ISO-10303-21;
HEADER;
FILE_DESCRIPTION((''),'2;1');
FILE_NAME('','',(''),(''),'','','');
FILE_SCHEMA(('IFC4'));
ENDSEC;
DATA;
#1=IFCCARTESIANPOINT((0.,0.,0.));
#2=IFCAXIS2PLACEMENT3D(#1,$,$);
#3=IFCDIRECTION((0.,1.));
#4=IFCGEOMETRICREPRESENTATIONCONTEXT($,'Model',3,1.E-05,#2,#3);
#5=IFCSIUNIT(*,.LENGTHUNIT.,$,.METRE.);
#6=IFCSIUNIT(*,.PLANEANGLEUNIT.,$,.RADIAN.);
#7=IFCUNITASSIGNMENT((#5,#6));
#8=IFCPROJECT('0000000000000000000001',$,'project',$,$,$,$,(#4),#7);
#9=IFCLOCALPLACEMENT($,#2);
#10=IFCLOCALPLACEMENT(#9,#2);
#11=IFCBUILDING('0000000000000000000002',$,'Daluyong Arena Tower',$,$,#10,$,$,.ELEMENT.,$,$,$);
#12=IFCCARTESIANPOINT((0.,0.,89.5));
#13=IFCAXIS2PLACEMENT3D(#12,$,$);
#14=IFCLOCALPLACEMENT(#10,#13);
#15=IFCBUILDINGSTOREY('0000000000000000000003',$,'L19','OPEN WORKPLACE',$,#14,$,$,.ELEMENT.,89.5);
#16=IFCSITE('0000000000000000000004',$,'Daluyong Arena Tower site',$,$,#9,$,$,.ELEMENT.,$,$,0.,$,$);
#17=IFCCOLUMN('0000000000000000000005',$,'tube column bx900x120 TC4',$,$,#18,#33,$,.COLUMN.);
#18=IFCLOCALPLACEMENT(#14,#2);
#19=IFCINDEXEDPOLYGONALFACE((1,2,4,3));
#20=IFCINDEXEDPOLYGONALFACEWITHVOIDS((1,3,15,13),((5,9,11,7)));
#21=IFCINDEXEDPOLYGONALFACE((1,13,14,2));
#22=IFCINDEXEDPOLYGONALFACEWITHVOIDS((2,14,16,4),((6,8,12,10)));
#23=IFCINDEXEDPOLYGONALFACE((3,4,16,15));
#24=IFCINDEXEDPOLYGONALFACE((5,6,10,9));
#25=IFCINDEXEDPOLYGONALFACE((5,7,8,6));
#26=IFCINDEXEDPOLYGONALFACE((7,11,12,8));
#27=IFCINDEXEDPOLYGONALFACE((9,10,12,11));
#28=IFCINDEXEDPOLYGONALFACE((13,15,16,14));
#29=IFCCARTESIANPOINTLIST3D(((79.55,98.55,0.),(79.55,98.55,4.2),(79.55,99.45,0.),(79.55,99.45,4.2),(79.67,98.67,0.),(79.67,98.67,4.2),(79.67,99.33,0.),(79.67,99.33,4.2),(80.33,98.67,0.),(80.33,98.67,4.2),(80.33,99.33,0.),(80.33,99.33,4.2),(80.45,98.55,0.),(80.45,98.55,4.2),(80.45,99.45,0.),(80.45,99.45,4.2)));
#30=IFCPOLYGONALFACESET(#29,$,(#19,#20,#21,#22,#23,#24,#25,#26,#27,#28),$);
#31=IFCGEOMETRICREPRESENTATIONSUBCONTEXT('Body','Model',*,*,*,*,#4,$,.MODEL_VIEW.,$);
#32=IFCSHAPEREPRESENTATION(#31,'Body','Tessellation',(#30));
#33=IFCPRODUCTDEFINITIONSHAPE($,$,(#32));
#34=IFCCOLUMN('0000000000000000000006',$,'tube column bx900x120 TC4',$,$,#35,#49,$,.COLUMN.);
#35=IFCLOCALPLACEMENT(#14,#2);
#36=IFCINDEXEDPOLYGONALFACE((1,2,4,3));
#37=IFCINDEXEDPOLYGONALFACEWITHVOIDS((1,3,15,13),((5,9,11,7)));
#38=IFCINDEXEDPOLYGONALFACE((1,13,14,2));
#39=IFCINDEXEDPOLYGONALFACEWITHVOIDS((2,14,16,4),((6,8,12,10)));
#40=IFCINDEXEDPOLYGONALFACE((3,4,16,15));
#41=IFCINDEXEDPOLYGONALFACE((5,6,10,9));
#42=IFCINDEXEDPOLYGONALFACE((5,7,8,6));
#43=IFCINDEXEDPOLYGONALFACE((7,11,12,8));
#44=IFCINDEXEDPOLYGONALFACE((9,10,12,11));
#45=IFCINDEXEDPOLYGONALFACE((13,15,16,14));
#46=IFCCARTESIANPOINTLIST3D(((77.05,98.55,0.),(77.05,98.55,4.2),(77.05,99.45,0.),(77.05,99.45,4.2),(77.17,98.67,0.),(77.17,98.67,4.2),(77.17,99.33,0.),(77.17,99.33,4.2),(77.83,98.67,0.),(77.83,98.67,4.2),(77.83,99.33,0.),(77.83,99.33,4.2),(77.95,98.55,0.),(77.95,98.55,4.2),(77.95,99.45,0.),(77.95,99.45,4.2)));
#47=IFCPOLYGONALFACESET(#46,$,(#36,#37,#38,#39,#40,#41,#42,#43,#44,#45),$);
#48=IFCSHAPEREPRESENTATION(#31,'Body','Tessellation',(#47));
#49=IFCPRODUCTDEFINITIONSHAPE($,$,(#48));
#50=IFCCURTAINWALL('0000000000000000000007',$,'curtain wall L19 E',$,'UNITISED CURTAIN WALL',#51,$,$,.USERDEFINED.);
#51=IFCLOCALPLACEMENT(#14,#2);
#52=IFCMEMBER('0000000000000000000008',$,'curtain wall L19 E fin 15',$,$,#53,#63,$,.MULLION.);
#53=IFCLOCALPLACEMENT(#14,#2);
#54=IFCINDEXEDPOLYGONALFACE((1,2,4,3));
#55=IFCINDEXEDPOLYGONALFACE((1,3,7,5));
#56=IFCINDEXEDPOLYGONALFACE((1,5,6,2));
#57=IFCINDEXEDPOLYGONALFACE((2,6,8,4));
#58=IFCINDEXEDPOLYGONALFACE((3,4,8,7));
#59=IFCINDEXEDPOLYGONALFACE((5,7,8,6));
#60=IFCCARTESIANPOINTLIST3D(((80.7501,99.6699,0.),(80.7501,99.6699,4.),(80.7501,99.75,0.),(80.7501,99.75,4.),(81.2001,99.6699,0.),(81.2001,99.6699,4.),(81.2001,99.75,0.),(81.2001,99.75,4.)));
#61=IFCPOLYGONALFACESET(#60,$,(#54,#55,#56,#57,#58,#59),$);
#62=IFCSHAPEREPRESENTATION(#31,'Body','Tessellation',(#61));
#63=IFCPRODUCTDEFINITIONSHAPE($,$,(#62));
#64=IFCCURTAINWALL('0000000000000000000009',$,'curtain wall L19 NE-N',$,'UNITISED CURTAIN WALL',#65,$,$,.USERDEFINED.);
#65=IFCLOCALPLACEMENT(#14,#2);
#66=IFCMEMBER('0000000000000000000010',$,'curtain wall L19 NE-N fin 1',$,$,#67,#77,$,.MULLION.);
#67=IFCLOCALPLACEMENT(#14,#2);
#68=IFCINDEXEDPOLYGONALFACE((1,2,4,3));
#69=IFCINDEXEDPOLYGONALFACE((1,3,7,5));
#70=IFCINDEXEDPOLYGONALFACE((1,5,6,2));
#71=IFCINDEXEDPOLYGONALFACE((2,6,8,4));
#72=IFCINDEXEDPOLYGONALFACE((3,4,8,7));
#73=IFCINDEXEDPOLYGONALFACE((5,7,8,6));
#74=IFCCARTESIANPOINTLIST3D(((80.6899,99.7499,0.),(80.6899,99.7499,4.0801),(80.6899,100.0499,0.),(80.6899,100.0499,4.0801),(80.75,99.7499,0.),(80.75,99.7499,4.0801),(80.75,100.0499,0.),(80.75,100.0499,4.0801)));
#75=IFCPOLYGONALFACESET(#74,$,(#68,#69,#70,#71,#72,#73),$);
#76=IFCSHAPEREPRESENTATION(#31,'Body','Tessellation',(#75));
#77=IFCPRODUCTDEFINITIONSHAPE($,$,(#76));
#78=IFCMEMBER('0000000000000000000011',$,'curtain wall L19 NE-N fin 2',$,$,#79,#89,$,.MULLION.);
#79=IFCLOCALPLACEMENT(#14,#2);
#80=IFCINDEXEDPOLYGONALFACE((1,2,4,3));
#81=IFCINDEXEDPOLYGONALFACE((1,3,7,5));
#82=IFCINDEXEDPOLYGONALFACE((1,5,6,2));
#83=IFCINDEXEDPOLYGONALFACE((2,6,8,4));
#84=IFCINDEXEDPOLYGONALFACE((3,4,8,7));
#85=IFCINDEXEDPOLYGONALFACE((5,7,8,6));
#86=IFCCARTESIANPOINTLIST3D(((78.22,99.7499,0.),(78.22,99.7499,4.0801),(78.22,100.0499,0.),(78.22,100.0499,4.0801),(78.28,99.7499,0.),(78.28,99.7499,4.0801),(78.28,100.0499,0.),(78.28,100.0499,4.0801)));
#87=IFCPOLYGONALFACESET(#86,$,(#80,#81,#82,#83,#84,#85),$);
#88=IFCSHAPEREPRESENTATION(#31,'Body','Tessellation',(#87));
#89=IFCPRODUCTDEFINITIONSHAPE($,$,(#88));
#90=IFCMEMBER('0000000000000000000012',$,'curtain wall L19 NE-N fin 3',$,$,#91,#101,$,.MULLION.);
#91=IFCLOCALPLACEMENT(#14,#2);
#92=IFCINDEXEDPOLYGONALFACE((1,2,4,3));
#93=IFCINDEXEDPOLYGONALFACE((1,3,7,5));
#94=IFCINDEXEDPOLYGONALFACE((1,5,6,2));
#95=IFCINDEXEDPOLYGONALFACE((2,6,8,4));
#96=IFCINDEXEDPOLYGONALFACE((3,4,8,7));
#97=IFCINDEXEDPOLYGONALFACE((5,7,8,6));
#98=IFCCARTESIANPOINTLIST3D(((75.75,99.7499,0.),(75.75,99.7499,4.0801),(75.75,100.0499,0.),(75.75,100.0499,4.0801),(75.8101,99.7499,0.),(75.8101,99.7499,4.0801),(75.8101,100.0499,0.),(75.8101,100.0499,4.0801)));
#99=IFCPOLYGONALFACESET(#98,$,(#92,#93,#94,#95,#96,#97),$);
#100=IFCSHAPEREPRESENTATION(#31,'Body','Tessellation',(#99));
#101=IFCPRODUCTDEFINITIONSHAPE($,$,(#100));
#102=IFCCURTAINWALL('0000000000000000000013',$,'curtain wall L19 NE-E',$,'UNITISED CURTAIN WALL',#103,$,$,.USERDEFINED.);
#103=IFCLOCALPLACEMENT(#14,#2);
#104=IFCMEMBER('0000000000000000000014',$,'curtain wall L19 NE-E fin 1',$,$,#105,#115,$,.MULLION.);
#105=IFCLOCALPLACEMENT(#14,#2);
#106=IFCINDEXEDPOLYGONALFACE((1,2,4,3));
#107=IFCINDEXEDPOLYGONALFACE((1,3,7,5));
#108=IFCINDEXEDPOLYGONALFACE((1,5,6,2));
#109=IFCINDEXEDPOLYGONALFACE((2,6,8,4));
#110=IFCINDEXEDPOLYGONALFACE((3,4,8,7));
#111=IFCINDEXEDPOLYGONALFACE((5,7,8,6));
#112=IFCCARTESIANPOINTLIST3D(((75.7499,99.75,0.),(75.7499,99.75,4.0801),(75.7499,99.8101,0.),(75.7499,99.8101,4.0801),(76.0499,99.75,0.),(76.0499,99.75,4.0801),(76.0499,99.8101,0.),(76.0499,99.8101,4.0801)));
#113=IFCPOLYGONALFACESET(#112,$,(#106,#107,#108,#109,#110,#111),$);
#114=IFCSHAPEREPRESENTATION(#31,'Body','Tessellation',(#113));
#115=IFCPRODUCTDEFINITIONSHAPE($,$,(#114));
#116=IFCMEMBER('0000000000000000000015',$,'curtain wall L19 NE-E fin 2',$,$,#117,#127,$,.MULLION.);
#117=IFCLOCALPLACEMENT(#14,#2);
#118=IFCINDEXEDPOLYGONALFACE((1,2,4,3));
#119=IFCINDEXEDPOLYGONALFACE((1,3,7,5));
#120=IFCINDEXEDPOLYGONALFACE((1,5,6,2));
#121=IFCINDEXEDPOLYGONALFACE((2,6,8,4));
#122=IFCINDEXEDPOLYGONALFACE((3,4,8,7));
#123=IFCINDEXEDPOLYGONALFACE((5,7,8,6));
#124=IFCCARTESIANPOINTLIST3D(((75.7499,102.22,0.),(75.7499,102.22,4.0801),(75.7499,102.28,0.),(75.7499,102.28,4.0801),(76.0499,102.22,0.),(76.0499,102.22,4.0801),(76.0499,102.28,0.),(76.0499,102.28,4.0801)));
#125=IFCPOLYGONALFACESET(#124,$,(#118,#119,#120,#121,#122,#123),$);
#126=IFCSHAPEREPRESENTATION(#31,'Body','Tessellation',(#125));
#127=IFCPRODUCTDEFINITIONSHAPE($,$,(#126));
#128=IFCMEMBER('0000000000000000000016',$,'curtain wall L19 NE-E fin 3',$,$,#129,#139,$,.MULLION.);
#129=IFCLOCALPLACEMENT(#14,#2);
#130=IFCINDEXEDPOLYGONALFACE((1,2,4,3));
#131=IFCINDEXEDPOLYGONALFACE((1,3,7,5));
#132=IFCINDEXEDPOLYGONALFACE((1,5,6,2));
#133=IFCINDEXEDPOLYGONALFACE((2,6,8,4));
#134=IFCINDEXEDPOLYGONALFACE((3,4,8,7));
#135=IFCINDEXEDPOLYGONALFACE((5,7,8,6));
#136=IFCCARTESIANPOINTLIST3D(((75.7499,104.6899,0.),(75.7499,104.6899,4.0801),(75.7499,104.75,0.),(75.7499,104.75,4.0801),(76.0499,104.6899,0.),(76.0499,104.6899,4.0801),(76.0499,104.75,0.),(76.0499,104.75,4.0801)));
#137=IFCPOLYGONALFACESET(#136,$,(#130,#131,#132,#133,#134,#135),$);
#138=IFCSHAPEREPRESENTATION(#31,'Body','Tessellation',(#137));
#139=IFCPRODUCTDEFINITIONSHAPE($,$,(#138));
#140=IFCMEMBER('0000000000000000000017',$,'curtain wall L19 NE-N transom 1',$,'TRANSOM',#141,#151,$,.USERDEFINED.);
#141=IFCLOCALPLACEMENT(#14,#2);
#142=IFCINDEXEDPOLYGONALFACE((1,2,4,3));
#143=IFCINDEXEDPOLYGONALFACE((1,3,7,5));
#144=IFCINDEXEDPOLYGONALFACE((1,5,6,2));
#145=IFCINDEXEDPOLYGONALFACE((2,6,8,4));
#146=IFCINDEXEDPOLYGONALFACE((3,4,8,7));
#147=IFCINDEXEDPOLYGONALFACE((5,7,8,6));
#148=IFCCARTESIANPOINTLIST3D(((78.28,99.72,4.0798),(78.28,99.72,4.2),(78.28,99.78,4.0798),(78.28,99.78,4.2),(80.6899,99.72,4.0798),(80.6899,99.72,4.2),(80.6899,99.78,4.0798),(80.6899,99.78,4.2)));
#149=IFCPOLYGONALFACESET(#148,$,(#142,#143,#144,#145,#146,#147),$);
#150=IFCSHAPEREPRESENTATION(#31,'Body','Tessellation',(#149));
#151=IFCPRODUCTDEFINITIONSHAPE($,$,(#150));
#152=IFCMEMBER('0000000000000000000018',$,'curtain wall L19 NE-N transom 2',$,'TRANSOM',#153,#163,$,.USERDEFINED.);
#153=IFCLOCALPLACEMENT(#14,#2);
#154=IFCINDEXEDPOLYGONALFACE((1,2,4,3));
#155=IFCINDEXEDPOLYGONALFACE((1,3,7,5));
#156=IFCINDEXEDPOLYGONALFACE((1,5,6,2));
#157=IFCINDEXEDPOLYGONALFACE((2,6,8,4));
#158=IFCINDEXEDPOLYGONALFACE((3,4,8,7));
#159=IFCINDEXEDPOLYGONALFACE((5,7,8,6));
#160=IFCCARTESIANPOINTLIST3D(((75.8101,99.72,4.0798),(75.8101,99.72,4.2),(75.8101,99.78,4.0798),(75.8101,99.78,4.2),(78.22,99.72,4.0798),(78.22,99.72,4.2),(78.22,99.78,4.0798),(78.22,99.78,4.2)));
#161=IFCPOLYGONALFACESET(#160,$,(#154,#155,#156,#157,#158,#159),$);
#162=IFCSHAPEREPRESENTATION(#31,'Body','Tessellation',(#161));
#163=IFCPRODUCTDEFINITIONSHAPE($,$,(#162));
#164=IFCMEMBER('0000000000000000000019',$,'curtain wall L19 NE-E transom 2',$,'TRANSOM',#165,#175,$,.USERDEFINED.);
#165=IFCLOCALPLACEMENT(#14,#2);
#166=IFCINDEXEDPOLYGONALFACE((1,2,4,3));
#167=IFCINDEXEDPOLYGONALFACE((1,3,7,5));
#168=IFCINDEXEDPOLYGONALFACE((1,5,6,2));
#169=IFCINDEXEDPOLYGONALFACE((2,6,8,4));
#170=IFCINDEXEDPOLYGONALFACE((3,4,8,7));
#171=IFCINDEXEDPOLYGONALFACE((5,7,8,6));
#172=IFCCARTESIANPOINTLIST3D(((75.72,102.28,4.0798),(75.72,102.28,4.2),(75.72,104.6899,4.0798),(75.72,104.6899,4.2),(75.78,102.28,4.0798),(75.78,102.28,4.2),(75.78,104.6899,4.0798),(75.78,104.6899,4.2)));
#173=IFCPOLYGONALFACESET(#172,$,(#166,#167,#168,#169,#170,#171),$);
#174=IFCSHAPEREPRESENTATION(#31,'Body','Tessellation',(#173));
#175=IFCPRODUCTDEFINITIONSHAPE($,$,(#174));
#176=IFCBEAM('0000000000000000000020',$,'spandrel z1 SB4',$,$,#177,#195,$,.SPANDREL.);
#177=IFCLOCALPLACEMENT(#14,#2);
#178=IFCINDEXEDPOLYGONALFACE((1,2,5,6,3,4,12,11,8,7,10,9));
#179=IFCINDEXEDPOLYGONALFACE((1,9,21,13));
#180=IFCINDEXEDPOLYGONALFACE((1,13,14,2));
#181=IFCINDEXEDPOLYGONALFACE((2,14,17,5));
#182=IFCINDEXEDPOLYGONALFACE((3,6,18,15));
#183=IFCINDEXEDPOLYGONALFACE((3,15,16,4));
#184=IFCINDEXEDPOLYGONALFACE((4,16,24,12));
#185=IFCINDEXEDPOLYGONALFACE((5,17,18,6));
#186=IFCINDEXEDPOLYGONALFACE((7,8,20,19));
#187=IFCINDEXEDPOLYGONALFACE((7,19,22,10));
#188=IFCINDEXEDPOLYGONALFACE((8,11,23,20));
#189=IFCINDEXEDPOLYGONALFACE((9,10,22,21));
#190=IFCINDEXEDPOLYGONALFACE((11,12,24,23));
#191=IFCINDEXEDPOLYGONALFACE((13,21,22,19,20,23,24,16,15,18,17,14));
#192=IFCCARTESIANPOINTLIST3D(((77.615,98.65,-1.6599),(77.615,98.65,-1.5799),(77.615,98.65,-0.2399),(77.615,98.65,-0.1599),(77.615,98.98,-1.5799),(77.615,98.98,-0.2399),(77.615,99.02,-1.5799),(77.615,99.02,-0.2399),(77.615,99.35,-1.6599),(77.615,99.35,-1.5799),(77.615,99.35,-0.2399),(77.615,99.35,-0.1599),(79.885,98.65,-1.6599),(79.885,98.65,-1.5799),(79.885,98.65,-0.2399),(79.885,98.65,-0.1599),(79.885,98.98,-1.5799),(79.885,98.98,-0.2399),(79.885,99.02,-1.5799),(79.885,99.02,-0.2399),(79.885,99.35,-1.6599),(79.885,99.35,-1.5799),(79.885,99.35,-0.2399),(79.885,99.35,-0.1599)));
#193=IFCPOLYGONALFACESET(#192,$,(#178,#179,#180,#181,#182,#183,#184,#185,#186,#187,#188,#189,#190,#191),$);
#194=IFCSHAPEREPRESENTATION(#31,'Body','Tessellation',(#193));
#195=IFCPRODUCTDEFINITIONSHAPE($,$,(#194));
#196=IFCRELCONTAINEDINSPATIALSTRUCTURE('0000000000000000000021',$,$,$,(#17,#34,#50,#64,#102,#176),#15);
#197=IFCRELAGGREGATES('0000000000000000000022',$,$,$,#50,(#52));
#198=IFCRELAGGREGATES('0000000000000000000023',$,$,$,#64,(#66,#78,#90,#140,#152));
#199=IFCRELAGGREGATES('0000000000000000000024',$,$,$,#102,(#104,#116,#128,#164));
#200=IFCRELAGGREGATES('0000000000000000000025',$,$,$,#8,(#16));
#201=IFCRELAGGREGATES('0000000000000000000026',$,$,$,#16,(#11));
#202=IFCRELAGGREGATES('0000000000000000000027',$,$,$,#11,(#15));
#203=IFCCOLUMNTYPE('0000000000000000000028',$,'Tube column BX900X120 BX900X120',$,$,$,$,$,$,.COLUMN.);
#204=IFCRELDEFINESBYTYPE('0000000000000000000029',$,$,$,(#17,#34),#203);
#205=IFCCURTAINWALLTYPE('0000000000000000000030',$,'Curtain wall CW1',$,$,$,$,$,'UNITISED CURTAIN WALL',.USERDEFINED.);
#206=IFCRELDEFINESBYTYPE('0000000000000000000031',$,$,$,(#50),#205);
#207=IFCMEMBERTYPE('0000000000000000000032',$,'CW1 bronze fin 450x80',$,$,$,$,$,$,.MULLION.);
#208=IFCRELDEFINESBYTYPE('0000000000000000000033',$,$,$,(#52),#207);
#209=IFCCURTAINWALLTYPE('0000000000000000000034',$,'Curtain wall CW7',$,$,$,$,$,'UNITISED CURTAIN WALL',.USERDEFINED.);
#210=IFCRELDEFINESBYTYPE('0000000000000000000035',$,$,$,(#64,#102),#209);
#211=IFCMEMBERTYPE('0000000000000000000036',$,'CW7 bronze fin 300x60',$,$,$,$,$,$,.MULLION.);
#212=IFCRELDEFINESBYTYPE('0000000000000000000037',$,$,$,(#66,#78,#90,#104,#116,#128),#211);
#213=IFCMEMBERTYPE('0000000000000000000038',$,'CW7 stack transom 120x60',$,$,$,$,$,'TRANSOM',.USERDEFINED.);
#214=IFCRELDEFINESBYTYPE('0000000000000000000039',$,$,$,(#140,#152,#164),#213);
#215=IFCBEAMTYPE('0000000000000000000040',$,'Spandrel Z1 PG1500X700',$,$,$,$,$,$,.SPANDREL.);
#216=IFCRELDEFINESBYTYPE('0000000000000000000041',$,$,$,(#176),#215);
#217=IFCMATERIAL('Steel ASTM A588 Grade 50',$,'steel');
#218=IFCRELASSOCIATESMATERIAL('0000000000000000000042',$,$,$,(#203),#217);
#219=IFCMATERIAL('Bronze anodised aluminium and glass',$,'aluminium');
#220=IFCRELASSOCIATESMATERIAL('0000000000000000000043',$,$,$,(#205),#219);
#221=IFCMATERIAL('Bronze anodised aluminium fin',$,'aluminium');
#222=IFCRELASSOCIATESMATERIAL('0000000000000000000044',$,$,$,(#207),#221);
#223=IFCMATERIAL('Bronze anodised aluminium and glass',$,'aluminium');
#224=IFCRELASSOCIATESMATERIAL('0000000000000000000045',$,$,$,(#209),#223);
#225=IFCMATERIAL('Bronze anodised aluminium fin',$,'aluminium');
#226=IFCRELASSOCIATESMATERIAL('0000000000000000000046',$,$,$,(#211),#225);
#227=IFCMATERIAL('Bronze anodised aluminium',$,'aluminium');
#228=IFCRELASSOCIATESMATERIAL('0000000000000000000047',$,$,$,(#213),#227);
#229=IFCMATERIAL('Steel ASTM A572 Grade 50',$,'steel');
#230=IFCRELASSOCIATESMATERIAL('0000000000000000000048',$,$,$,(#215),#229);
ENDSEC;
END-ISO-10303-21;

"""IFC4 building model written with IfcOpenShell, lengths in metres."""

from ifc_helpers import new_model, si_unit, direction, frame, origin, origin_2d, place, context, subcontext, project, spatial, rectangle, hollow_rectangle, i_section, extrude, material, material_profile, profile_set, type_object, element, aggregate, save


model = new_model("IFC4")

# Units and contexts
model_context = context("Model", 3, precision=1e-05, world=origin(), true_north=direction((0.0, 1.0)))
body_context = subcontext(model_context, "Body", "Model", "MODEL_VIEW")
ifc_project = project(units=[si_unit("LENGTHUNIT", "METRE"), si_unit("PLANEANGLEUNIT", "RADIAN")], contexts=[model_context])

# Site, building, storey
site_placement = place(None, origin())
site = spatial("IfcSite", under=ifc_project, at=site_placement, Name="Daluyong Arena Tower site", CompositionType="ELEMENT", RefElevation=0.0)
building_placement = place(site_placement, origin())
building = spatial("IfcBuilding", under=site, at=building_placement, Name="Daluyong Arena Tower", CompositionType="ELEMENT")
storey_placement = place(building_placement, frame((0.0, 0.0, 89.5)))
storey = spatial("IfcBuildingStorey", under=building, at=storey_placement, Name="L19", Description="OPEN WORKPLACE", CompositionType="ELEMENT", Elevation=89.5)

# Columns
ifc_material_1 = material(Name="Steel ASTM A588 Grade 50", Category="steel")
ifc_material_profile_1 = material_profile(ifc_material_1, hollow_rectangle(XDim=0.8999, YDim=0.8999, WallThickness=0.12, at=origin_2d()))
ifc_profile_set_1 = profile_set([ifc_material_profile_1], Name="Steel ASTM A588 Grade 50")
column_type = type_object("IfcColumnType", Name="Tube column BX900X120 BX900X120", PredefinedType="COLUMN", material=ifc_profile_set_1)
for number, where, z_axis, x_axis, name in (
    (1, (80.0, 99.0, 0.0), (0.0, 0.0, 1.0), (1.0, 0.0, 0.0), "tube column bx900x120 TC4"),
    (2, (77.5, 99.0, 0.0), (0.0, 0.0, 1.0), (1.0, 0.0, 0.0), "tube column bx900x120 TC4"),
):
    element("IfcColumn", number, at=place(storey_placement, frame(where, z_axis=z_axis, x_axis=x_axis)), inside=storey, type_object=column_type, Name=name, PredefinedType="COLUMN", context=body_context, shape_type="SweptSolid", body=[
        extrude(hollow_rectangle(XDim=0.8999, YDim=0.8999, WallThickness=0.12, at=origin_2d()), origin(), (0.0, 0.0, 1.0), 4.2),
    ])

# Curtain wall, member
ifc_material_2 = material(Name="Bronze anodised aluminium and glass", Category="aluminium")
curtain_wall_type_1 = type_object("IfcCurtainWallType", Name="Curtain wall CW1", ElementType="UNITISED CURTAIN WALL", PredefinedType="USERDEFINED", material=ifc_material_2)
curtain_wall_1_placement = place(storey_placement, origin())
curtain_wall_1 = element("IfcCurtainWall", 3, at=curtain_wall_1_placement, inside=storey, type_object=curtain_wall_type_1, Name="curtain wall L19 E", ObjectType="UNITISED CURTAIN WALL", PredefinedType="USERDEFINED")
ifc_material_3 = material(Name="Bronze anodised aluminium fin", Category="aluminium")
ifc_material_profile_2 = material_profile(ifc_material_3, rectangle(XDim=0.45, YDim=0.0801, at=origin_2d()))
ifc_profile_set_2 = profile_set([ifc_material_profile_2], Name="Bronze anodised aluminium fin")
member_type_1 = type_object("IfcMemberType", Name="CW1 bronze fin 450x80", PredefinedType="MULLION", material=ifc_profile_set_2)
member_1_placement = place(storey_placement, frame((80.9751, 99.71, 0.0), z_axis=(0.0, 0.0, 1.0), x_axis=(-1.0, 0.0, 0.0)))
member_1 = element("IfcMember", 4, at=member_1_placement, type_object=member_type_1, Name="curtain wall L19 E fin 15", PredefinedType="MULLION", context=body_context, shape_type="SweptSolid", body=[
    extrude(rectangle(XDim=0.45, YDim=0.0801, at=origin_2d()), origin(), (0.0, 0.0, 1.0), 4.0),
])
aggregate(curtain_wall_1, [member_1])

# Curtain walls, members
ifc_material_4 = material(Name="Bronze anodised aluminium and glass", Category="aluminium")
curtain_wall_type_2 = type_object("IfcCurtainWallType", Name="Curtain wall CW7", ElementType="UNITISED CURTAIN WALL", PredefinedType="USERDEFINED", material=ifc_material_4)
curtain_wall_2_placement = place(storey_placement, origin())
curtain_wall_2 = element("IfcCurtainWall", 5, at=curtain_wall_2_placement, inside=storey, type_object=curtain_wall_type_2, Name="curtain wall L19 NE-N", ObjectType="UNITISED CURTAIN WALL", PredefinedType="USERDEFINED")
ifc_material_5 = material(Name="Bronze anodised aluminium fin", Category="aluminium")
ifc_material_profile_3 = material_profile(ifc_material_5, rectangle(XDim=0.3, YDim=0.0601, at=origin_2d()))
ifc_profile_set_3 = profile_set([ifc_material_profile_3], Name="Bronze anodised aluminium fin")
member_type_2 = type_object("IfcMemberType", Name="CW7 bronze fin 300x60", PredefinedType="MULLION", material=ifc_profile_set_3)
member_2_placement = place(storey_placement, frame((80.72, 99.8999, 0.0), z_axis=(0.0, 0.0, 1.0), x_axis=(0.0, -1.0, 0.0)))
member_2 = element("IfcMember", 6, at=member_2_placement, type_object=member_type_2, Name="curtain wall L19 NE-N fin 1", PredefinedType="MULLION", context=body_context, shape_type="SweptSolid", body=[
    extrude(rectangle(XDim=0.3, YDim=0.0601, at=origin_2d()), origin(), (0.0, 0.0, 1.0), 4.0801),
])
member_3_placement = place(storey_placement, frame((78.25, 99.8999, 0.0), z_axis=(0.0, 0.0, 1.0), x_axis=(0.0, -1.0, 0.0)))
member_3 = element("IfcMember", 7, at=member_3_placement, type_object=member_type_2, Name="curtain wall L19 NE-N fin 2", PredefinedType="MULLION", context=body_context, shape_type="SweptSolid", body=[
    extrude(rectangle(XDim=0.3, YDim=0.0601, at=origin_2d()), origin(), (0.0, 0.0, 1.0), 4.0801),
])
member_4_placement = place(storey_placement, frame((75.78, 99.8999, 0.0), z_axis=(0.0, 0.0, 1.0), x_axis=(0.0, -1.0, 0.0)))
member_4 = element("IfcMember", 8, at=member_4_placement, type_object=member_type_2, Name="curtain wall L19 NE-N fin 3", PredefinedType="MULLION", context=body_context, shape_type="SweptSolid", body=[
    extrude(rectangle(XDim=0.3, YDim=0.0601, at=origin_2d()), origin(), (0.0, 0.0, 1.0), 4.0801),
])
curtain_wall_3_placement = place(storey_placement, origin())
curtain_wall_3 = element("IfcCurtainWall", 9, at=curtain_wall_3_placement, inside=storey, type_object=curtain_wall_type_2, Name="curtain wall L19 NE-E", ObjectType="UNITISED CURTAIN WALL", PredefinedType="USERDEFINED")
member_5_placement = place(storey_placement, frame((75.8999, 99.78, 0.0), z_axis=(0.0, 0.0, 1.0), x_axis=(-1.0, 0.0, 0.0)))
member_5 = element("IfcMember", 10, at=member_5_placement, type_object=member_type_2, Name="curtain wall L19 NE-E fin 1", PredefinedType="MULLION", context=body_context, shape_type="SweptSolid", body=[
    extrude(rectangle(XDim=0.3, YDim=0.0601, at=origin_2d()), origin(), (0.0, 0.0, 1.0), 4.0801),
])
member_6_placement = place(storey_placement, frame((75.8999, 102.25, 0.0), z_axis=(0.0, 0.0, 1.0), x_axis=(-1.0, 0.0, 0.0)))
member_6 = element("IfcMember", 11, at=member_6_placement, type_object=member_type_2, Name="curtain wall L19 NE-E fin 2", PredefinedType="MULLION", context=body_context, shape_type="SweptSolid", body=[
    extrude(rectangle(XDim=0.3, YDim=0.0601, at=origin_2d()), origin(), (0.0, 0.0, 1.0), 4.0801),
])
member_7_placement = place(storey_placement, frame((75.8999, 104.72, 0.0), z_axis=(0.0, 0.0, 1.0), x_axis=(-1.0, 0.0, 0.0)))
member_7 = element("IfcMember", 12, at=member_7_placement, type_object=member_type_2, Name="curtain wall L19 NE-E fin 3", PredefinedType="MULLION", context=body_context, shape_type="SweptSolid", body=[
    extrude(rectangle(XDim=0.3, YDim=0.0601, at=origin_2d()), origin(), (0.0, 0.0, 1.0), 4.0801),
])

# Members
ifc_material_6 = material(Name="Bronze anodised aluminium", Category="aluminium")
ifc_material_profile_4 = material_profile(ifc_material_6, rectangle(XDim=0.0601, YDim=0.1201, at=origin_2d()))
ifc_profile_set_4 = profile_set([ifc_material_profile_4], Name="Bronze anodised aluminium")
member_type_3 = type_object("IfcMemberType", Name="CW7 stack transom 120x60", ElementType="TRANSOM", PredefinedType="USERDEFINED", material=ifc_profile_set_4)
member_8_placement = place(storey_placement, frame((80.6899, 99.75, 4.1399), z_axis=(-1.0, 0.0, 0.0), x_axis=(0.0, -1.0, 0.0)))
member_8 = element("IfcMember", 13, at=member_8_placement, type_object=member_type_3, Name="curtain wall L19 NE-N transom 1", ObjectType="TRANSOM", PredefinedType="USERDEFINED", context=body_context, shape_type="SweptSolid", body=[
    extrude(rectangle(XDim=0.0601, YDim=0.1201, at=origin_2d()), origin(), (0.0, 0.0, 1.0), 2.4099),
])
member_9_placement = place(storey_placement, frame((78.22, 99.75, 4.1399), z_axis=(-1.0, 0.0, 0.0), x_axis=(0.0, -1.0, 0.0)))
member_9 = element("IfcMember", 14, at=member_9_placement, type_object=member_type_3, Name="curtain wall L19 NE-N transom 2", ObjectType="TRANSOM", PredefinedType="USERDEFINED", context=body_context, shape_type="SweptSolid", body=[
    extrude(rectangle(XDim=0.0601, YDim=0.1201, at=origin_2d()), origin(), (0.0, 0.0, 1.0), 2.4099),
])
member_10_placement = place(storey_placement, frame((75.75, 102.28, 4.1399), z_axis=(0.0, 1.0, 0.0), x_axis=(-1.0, 0.0, 0.0)))
member_10 = element("IfcMember", 15, at=member_10_placement, type_object=member_type_3, Name="curtain wall L19 NE-E transom 2", ObjectType="TRANSOM", PredefinedType="USERDEFINED", context=body_context, shape_type="SweptSolid", body=[
    extrude(rectangle(XDim=0.0601, YDim=0.1201, at=origin_2d()), origin(), (0.0, 0.0, 1.0), 2.4099),
])

# Beam
ifc_material_7 = material(Name="Steel ASTM A572 Grade 50", Category="steel")
ifc_material_profile_5 = material_profile(ifc_material_7, i_section(OverallWidth=0.7, OverallDepth=1.5, WebThickness=0.04, FlangeThickness=0.08, at=origin_2d()))
ifc_profile_set_5 = profile_set([ifc_material_profile_5], Name="Steel ASTM A572 Grade 50")
beam_type = type_object("IfcBeamType", Name="Spandrel Z1 PG1500X700", PredefinedType="SPANDREL", material=ifc_profile_set_5)
for number, where, z_axis, x_axis, name in (
    (16, (79.885, 99.0, -0.9099), (-1.0, 0.0, 0.0), (0.0, -1.0, 0.0), "spandrel z1 SB4"),
):
    element("IfcBeam", number, at=place(storey_placement, frame(where, z_axis=z_axis, x_axis=x_axis)), inside=storey, type_object=beam_type, Name=name, PredefinedType="SPANDREL", context=body_context, shape_type="SweptSolid", body=[
        extrude(i_section(OverallWidth=0.7, OverallDepth=1.5, WebThickness=0.04, FlangeThickness=0.08, at=origin_2d()), origin(), (0.0, 0.0, 1.0), 2.27),
    ])

aggregate(curtain_wall_2, [member_2, member_3, member_4, member_8, member_9])
aggregate(curtain_wall_3, [member_5, member_6, member_7, member_10])

save(model, "model.ifc")
